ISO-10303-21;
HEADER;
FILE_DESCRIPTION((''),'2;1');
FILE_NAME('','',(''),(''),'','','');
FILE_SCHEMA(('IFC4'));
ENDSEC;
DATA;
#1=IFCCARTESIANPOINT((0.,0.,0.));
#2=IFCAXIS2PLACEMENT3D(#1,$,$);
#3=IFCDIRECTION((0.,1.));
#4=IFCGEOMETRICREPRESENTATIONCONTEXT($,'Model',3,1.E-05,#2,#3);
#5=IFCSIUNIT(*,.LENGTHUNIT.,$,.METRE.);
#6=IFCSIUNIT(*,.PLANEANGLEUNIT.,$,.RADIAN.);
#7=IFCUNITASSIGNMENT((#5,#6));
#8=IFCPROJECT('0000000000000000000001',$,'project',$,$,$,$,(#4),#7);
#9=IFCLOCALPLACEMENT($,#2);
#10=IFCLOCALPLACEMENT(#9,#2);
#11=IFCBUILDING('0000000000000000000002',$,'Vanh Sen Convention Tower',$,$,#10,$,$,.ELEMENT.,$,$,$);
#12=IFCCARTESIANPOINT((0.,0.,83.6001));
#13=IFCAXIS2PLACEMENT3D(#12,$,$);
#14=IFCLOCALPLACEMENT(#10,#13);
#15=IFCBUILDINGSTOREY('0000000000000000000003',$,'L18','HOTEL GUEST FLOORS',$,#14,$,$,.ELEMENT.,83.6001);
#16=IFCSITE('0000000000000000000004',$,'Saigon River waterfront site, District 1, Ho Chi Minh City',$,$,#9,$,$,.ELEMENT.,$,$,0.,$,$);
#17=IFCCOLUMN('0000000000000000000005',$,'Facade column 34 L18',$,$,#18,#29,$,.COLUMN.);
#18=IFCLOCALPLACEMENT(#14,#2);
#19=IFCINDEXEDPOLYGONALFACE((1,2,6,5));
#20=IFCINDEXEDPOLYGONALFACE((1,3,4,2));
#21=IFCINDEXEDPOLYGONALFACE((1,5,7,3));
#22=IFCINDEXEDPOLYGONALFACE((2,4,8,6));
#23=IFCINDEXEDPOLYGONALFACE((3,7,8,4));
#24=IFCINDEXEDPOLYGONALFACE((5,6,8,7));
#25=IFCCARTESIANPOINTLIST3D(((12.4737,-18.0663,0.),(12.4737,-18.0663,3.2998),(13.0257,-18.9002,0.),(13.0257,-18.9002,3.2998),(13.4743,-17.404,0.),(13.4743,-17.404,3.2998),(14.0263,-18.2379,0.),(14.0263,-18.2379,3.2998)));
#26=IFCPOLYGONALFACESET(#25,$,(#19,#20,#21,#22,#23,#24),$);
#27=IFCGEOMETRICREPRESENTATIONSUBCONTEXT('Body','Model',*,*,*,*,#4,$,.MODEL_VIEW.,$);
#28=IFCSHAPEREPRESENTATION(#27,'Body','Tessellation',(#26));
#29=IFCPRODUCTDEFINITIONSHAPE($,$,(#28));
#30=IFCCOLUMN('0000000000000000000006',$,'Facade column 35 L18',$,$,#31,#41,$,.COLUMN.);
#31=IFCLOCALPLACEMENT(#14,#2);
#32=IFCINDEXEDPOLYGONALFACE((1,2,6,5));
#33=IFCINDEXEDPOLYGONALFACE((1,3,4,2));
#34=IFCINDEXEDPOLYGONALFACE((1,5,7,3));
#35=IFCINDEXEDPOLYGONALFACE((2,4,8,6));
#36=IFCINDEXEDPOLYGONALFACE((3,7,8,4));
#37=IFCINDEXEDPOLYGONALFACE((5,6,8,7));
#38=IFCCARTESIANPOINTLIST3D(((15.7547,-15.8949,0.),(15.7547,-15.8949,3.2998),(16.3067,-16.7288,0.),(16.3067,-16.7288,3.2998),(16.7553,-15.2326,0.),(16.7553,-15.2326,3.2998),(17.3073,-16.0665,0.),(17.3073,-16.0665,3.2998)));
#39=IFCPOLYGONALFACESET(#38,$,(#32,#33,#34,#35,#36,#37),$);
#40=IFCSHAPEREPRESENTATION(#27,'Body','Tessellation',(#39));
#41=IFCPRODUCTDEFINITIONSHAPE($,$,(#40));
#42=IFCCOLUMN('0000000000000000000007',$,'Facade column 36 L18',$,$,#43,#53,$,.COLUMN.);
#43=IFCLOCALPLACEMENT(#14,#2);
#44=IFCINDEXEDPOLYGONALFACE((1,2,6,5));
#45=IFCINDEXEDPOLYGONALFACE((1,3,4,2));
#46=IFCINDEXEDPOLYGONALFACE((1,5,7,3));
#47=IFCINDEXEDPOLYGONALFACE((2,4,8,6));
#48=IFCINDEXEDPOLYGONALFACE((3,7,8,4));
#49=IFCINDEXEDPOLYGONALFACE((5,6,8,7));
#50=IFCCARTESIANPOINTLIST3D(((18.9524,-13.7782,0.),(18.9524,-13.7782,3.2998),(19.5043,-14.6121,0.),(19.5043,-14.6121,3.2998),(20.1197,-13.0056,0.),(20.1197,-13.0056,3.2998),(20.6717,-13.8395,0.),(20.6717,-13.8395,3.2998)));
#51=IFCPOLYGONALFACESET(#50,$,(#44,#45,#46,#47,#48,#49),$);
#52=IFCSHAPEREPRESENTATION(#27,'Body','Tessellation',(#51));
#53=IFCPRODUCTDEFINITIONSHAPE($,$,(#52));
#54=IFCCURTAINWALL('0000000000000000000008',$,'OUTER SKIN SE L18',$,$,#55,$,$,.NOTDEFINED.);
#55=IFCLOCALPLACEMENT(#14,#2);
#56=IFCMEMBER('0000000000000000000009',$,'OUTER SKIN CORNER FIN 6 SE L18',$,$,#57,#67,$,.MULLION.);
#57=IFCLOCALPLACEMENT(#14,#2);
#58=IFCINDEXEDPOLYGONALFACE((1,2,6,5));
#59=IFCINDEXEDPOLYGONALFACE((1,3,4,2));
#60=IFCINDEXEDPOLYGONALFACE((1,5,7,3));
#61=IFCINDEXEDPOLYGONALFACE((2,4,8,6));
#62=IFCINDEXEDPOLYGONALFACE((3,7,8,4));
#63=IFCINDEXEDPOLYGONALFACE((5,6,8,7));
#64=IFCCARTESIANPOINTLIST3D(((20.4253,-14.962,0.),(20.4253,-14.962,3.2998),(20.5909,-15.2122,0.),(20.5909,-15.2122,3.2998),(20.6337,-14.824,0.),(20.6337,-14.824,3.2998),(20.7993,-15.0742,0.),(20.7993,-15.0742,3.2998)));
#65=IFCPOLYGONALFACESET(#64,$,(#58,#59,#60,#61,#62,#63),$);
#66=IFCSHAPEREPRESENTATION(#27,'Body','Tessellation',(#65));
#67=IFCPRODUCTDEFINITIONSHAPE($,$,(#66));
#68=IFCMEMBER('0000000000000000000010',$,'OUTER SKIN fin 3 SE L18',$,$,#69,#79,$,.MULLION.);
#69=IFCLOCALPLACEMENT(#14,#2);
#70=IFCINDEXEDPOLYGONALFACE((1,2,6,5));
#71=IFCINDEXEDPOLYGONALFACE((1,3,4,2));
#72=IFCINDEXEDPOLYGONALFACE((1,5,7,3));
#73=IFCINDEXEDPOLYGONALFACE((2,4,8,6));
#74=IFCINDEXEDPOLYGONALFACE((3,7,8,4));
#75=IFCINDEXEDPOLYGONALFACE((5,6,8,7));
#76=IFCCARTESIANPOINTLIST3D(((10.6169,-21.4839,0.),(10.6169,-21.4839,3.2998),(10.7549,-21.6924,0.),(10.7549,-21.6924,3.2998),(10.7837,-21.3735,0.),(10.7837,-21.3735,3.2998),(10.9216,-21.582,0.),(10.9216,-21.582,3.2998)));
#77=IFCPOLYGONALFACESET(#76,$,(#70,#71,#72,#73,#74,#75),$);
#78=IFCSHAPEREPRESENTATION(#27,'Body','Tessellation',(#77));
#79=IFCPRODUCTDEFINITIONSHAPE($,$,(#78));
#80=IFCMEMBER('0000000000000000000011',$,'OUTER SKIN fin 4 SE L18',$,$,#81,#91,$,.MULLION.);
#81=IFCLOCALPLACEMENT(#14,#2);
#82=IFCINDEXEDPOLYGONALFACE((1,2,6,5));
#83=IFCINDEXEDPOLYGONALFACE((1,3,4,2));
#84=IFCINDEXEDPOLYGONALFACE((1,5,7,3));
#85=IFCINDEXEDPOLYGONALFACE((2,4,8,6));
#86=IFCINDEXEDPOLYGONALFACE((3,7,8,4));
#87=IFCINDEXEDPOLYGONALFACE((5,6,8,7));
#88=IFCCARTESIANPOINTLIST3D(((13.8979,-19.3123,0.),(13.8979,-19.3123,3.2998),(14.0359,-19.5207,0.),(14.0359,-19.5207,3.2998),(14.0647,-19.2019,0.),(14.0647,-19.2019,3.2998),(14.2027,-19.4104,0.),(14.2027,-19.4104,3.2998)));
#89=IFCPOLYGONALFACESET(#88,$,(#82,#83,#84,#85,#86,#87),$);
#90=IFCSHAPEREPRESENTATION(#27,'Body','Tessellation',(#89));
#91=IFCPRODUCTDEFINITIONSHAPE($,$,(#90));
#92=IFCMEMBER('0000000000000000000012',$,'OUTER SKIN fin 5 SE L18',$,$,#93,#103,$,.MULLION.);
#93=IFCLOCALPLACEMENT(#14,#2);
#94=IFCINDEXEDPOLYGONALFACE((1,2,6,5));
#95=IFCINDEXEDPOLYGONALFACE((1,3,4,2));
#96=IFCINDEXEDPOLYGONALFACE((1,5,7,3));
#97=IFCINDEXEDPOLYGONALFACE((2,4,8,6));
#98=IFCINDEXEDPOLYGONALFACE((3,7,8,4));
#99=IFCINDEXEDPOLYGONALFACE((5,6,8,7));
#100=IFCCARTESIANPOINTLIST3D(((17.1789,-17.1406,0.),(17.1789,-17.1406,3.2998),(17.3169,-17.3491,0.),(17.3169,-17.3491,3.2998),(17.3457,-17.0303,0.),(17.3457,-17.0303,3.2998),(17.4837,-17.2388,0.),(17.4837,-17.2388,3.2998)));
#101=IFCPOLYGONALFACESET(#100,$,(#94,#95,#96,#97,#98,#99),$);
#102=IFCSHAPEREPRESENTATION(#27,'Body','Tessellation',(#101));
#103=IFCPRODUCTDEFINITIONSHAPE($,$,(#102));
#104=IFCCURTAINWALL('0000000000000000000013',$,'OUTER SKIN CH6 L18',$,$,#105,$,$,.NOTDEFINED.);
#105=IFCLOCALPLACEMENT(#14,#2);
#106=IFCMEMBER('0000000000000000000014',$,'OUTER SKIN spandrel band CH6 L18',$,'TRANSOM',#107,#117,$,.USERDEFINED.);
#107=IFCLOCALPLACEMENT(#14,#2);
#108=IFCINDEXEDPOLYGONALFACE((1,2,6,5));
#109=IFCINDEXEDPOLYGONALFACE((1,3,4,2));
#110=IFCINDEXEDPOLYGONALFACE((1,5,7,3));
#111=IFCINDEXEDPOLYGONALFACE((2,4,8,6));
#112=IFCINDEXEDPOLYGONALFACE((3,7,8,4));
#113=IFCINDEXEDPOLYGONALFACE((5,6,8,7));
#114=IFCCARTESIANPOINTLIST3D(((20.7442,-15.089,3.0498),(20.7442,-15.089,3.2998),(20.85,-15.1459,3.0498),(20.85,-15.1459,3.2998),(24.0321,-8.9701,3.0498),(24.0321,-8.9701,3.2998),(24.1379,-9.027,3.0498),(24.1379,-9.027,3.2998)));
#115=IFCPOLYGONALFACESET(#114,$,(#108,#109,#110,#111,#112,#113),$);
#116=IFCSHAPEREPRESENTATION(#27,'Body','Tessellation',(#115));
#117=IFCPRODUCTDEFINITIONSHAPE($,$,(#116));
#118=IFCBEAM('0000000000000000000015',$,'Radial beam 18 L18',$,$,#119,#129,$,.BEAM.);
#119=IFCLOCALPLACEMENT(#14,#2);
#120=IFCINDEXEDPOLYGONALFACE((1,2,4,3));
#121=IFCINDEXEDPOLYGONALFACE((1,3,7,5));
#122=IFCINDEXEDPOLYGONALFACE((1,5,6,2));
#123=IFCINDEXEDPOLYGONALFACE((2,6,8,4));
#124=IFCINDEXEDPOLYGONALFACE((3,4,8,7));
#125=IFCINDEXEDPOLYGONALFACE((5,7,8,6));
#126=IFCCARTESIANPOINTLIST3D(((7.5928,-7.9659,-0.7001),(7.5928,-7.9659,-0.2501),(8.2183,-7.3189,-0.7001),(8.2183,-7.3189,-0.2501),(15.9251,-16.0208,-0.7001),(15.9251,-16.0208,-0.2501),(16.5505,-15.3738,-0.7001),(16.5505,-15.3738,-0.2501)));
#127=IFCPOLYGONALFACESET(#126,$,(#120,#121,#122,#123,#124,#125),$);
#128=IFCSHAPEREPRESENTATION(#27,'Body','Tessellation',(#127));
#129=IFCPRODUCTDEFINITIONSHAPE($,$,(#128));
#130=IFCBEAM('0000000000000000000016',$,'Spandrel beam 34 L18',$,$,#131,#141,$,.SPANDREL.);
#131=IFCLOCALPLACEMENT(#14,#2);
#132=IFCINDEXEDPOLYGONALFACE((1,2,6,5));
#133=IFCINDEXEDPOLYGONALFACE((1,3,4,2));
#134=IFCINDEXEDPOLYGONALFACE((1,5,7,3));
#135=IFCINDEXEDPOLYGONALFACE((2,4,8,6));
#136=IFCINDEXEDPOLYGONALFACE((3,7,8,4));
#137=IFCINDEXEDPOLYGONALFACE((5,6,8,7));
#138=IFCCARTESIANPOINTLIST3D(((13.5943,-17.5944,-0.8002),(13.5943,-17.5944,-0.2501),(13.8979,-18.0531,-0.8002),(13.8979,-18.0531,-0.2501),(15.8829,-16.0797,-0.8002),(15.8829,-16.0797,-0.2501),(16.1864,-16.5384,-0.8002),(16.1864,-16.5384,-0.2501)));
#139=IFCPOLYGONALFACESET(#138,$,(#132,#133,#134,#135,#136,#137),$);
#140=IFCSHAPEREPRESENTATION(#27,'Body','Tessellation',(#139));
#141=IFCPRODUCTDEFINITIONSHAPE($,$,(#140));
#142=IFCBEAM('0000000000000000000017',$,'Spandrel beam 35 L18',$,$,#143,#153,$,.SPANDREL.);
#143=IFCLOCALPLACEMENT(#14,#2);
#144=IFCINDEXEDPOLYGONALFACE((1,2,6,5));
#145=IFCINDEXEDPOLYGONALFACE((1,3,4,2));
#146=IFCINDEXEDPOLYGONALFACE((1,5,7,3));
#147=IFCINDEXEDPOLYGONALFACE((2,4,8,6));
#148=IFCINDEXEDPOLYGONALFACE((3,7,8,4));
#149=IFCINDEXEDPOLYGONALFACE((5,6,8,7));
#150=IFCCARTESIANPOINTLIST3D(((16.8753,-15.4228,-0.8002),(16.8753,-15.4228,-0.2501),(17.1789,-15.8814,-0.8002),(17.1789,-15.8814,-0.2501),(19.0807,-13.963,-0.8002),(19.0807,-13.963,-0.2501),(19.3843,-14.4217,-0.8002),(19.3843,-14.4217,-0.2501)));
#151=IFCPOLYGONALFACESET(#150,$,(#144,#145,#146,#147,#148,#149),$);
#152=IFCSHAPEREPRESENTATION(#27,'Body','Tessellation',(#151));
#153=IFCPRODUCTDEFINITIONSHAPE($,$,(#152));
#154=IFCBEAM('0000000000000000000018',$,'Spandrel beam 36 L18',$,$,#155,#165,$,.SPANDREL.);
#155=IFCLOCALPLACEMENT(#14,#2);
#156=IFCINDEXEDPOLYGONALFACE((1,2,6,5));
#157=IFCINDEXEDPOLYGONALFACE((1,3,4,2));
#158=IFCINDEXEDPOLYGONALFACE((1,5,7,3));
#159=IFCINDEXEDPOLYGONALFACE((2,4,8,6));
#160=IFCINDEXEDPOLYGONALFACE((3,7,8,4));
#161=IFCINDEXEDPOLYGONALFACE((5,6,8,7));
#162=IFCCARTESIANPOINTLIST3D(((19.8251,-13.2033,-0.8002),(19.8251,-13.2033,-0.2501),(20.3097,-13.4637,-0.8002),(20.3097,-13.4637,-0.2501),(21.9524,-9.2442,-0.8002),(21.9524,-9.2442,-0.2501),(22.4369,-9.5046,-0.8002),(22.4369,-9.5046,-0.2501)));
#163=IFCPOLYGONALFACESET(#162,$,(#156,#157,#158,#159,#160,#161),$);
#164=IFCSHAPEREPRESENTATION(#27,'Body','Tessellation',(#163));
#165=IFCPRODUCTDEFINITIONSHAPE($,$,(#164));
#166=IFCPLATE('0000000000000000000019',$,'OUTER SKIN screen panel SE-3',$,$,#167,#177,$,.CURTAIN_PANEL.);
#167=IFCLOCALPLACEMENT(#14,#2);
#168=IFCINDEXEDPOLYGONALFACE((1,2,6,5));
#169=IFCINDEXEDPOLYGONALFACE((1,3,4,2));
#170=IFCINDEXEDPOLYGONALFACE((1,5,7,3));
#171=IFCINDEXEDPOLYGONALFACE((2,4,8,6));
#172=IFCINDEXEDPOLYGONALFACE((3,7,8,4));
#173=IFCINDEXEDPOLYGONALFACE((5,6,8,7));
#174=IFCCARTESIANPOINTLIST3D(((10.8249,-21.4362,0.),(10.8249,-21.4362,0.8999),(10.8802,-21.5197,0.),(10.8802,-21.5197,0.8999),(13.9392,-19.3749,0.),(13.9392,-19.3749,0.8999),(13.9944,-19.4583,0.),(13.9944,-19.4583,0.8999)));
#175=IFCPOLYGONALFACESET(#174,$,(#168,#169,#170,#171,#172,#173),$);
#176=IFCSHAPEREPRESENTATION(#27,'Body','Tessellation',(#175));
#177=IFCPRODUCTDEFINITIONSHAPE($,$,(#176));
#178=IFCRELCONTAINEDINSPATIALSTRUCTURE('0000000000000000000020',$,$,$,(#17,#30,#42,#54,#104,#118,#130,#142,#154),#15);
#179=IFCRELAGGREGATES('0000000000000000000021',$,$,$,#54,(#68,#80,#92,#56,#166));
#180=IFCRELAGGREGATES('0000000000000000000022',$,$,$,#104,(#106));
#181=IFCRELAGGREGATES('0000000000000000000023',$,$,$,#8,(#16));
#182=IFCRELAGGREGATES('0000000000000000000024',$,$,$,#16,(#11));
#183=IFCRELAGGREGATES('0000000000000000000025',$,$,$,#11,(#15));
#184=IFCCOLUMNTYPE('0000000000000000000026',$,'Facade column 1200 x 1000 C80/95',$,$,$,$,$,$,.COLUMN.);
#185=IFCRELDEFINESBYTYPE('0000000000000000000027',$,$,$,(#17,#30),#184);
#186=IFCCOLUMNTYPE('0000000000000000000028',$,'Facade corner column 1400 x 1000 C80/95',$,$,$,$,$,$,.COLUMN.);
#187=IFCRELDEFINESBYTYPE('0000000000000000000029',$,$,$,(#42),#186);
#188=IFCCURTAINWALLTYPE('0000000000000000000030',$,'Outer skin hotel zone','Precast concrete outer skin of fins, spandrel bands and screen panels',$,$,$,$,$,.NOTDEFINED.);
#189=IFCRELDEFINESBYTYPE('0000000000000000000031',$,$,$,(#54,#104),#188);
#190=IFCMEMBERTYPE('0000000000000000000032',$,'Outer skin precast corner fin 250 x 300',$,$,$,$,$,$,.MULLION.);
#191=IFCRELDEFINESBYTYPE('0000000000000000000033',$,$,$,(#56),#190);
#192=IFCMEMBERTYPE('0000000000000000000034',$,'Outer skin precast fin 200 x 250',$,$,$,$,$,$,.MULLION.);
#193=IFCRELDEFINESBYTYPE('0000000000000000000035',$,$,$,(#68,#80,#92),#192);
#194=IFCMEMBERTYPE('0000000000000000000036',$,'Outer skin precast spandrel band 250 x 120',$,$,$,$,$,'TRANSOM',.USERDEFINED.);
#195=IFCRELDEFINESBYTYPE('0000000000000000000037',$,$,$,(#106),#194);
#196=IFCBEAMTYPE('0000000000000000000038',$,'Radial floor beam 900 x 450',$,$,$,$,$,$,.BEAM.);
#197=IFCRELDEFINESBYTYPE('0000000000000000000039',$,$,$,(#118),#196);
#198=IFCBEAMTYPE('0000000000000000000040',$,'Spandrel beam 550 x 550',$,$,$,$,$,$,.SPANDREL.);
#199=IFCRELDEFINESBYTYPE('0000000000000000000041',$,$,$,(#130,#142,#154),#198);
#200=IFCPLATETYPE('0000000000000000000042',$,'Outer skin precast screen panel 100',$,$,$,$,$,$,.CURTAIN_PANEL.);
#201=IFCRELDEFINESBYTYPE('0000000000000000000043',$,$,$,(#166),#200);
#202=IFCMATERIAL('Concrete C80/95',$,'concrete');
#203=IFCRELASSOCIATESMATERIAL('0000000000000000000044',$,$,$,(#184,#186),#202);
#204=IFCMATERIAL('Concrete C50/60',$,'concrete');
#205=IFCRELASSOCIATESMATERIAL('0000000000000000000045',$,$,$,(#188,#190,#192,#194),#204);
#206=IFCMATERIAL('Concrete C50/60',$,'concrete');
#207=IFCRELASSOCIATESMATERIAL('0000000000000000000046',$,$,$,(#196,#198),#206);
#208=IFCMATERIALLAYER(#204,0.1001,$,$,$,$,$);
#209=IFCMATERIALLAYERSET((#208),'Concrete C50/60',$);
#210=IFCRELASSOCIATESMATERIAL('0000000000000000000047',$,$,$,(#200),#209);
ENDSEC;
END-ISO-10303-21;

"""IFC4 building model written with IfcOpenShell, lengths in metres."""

from ifc_helpers import new_model, si_unit, direction, frame, origin, origin_2d, place, context, subcontext, project, spatial, rectangle, extrude, material, layer, layer_set, material_profile, profile_set, type_object, element, aggregate, save


model = new_model("IFC4")

# Units and contexts
model_context = context("Model", 3, precision=1e-05, world=origin(), true_north=direction((0.0, 1.0)))
body_context = subcontext(model_context, "Body", "Model", "MODEL_VIEW")
ifc_project = project(units=[si_unit("LENGTHUNIT", "METRE"), si_unit("PLANEANGLEUNIT", "RADIAN")], contexts=[model_context])

# Site, building, storey
site_placement = place(None, origin())
site = spatial("IfcSite", under=ifc_project, at=site_placement, Name="Saigon River waterfront site, District 1, Ho Chi Minh City", CompositionType="ELEMENT", RefElevation=0.0)
building_placement = place(site_placement, origin())
building = spatial("IfcBuilding", under=site, at=building_placement, Name="Vanh Sen Convention Tower", CompositionType="ELEMENT")
storey_placement = place(building_placement, frame((0.0, 0.0, 83.6001)))
storey = spatial("IfcBuildingStorey", under=building, at=storey_placement, Name="L18", Description="HOTEL GUEST FLOORS", CompositionType="ELEMENT", Elevation=83.6001)

# Columns
ifc_material_1 = material(Name="Concrete C80/95", Category="concrete")
ifc_material_profile_1 = material_profile(ifc_material_1, rectangle(XDim=1.2, YDim=1.0, at=origin_2d()), Name="RC 1200X1000")
ifc_profile_set_1 = profile_set([ifc_material_profile_1], Name="Concrete C80/95")
column_type_1 = type_object("IfcColumnType", Name="Facade column 1200 x 1000 C80/95", PredefinedType="COLUMN", material=ifc_profile_set_1)
for number, where, z_axis, x_axis, name in (
    (1, (13.25, -18.1521, 0.0), (0.0, 0.0, 1.0), (0.833886, 0.551937, 0.0), "Facade column 34 L18"),
    (2, (16.531, -15.9807, 0.0), (0.0, 0.0, 1.0), (0.833886, 0.551937, 0.0), "Facade column 35 L18"),
):
    element("IfcColumn", number, at=place(storey_placement, frame(where, z_axis=z_axis, x_axis=x_axis)), inside=storey, type_object=column_type_1, Name=name, PredefinedType="COLUMN", context=body_context, shape_type="SweptSolid", body=[
        extrude(rectangle(XDim=1.2, YDim=1.0, at=origin_2d()), origin(), (0.0, 0.0, 1.0), 3.2998),
    ])
ifc_material_profile_2 = material_profile(ifc_material_1, rectangle(XDim=1.3999, YDim=1.0, at=origin_2d()), Name="RC 1400X1000")
ifc_profile_set_2 = profile_set([ifc_material_profile_2], Name="Concrete C80/95")
column_type_2 = type_object("IfcColumnType", Name="Facade corner column 1400 x 1000 C80/95", PredefinedType="COLUMN", material=ifc_profile_set_2)
column_placement = place(storey_placement, frame((19.812, -13.8088, 0.0), z_axis=(0.0, 0.0, 1.0), x_axis=(0.833886, 0.551937, 0.0)))
element("IfcColumn", 3, at=column_placement, inside=storey, type_object=column_type_2, Name="Facade column 36 L18", PredefinedType="COLUMN", context=body_context, shape_type="SweptSolid", body=[
    extrude(rectangle(XDim=1.3999, YDim=1.0, at=origin_2d()), origin(), (0.0, 0.0, 1.0), 3.2998),
])

# Curtain wall, members
ifc_material_2 = material(Name="Concrete C50/60", Category="concrete")
curtain_wall_type = type_object("IfcCurtainWallType", Name="Outer skin hotel zone", Description="Precast concrete outer skin of fins, spandrel bands and screen panels", PredefinedType="NOTDEFINED", material=ifc_material_2)
curtain_wall_1_placement = place(storey_placement, origin())
curtain_wall_1 = element("IfcCurtainWall", 4, at=curtain_wall_1_placement, inside=storey, type_object=curtain_wall_type, Name="OUTER SKIN SE L18", PredefinedType="NOTDEFINED")
ifc_material_profile_3 = material_profile(ifc_material_2, rectangle(XDim=0.25, YDim=0.3, at=origin_2d()), Name="Outer skin precast corner fin 250 x 300")
ifc_profile_set_3 = profile_set([ifc_material_profile_3], Name="Concrete C50/60")
member_type_1 = type_object("IfcMemberType", Name="Outer skin precast corner fin 250 x 300", PredefinedType="MULLION", material=ifc_profile_set_3)
member_1_placement = place(storey_placement, frame((20.6123, -15.0181, 0.0), z_axis=(0.0, 0.0, 1.0), x_axis=(0.833886, 0.551937, 0.0)))
member_1 = element("IfcMember", 5, at=member_1_placement, type_object=member_type_1, Name="OUTER SKIN CORNER FIN 6 SE L18", PredefinedType="MULLION", context=body_context, shape_type="SweptSolid", body=[
    extrude(rectangle(XDim=0.25, YDim=0.3, at=origin_2d()), origin(), (0.0, 0.0, 1.0), 3.2998),
])
ifc_material_profile_4 = material_profile(ifc_material_2, rectangle(XDim=0.2, YDim=0.25, at=origin_2d()), Name="Outer skin precast fin 200 x 250")
ifc_profile_set_4 = profile_set([ifc_material_profile_4], Name="Concrete C50/60")
member_type_2 = type_object("IfcMemberType", Name="Outer skin precast fin 200 x 250", PredefinedType="MULLION", material=ifc_profile_set_4)
member_2_placement = place(storey_placement, frame((10.7693, -21.533, 0.0), z_axis=(0.0, 0.0, 1.0), x_axis=(0.833886, 0.551937, 0.0)))
member_2 = element("IfcMember", 6, at=member_2_placement, type_object=member_type_2, Name="OUTER SKIN fin 3 SE L18", PredefinedType="MULLION", context=body_context, shape_type="SweptSolid", body=[
    extrude(rectangle(XDim=0.2, YDim=0.25, at=origin_2d()), origin(), (0.0, 0.0, 1.0), 3.2998),
])
member_3_placement = place(storey_placement, frame((14.0503, -19.3613, 0.0), z_axis=(0.0, 0.0, 1.0), x_axis=(0.833886, 0.551937, 0.0)))
member_3 = element("IfcMember", 7, at=member_3_placement, type_object=member_type_2, Name="OUTER SKIN fin 4 SE L18", PredefinedType="MULLION", context=body_context, shape_type="SweptSolid", body=[
    extrude(rectangle(XDim=0.2, YDim=0.25, at=origin_2d()), origin(), (0.0, 0.0, 1.0), 3.2998),
])
member_4_placement = place(storey_placement, frame((17.3313, -17.1897, 0.0), z_axis=(0.0, 0.0, 1.0), x_axis=(0.833886, 0.551937, 0.0)))
member_4 = element("IfcMember", 8, at=member_4_placement, type_object=member_type_2, Name="OUTER SKIN fin 5 SE L18", PredefinedType="MULLION", context=body_context, shape_type="SweptSolid", body=[
    extrude(rectangle(XDim=0.2, YDim=0.25, at=origin_2d()), origin(), (0.0, 0.0, 1.0), 3.2998),
])

# Curtain wall, member
curtain_wall_2_placement = place(storey_placement, origin())
curtain_wall_2 = element("IfcCurtainWall", 9, at=curtain_wall_2_placement, inside=storey, type_object=curtain_wall_type, Name="OUTER SKIN CH6 L18", PredefinedType="NOTDEFINED")
ifc_material_profile_5 = material_profile(ifc_material_2, rectangle(XDim=0.1201, YDim=0.25, at=origin_2d()), Name="Outer skin precast spandrel band 250 x 120")
ifc_profile_set_5 = profile_set([ifc_material_profile_5], Name="Concrete C50/60")
member_type_3 = type_object("IfcMemberType", Name="Outer skin precast spandrel band 250 x 120", ElementType="TRANSOM", PredefinedType="USERDEFINED", material=ifc_profile_set_5)
member_5_placement = place(storey_placement, frame((20.7971, -15.1174, 3.1748), z_axis=(0.473324, 0.880888, 0.0), x_axis=(-0.880888, 0.473324, 0.0)))
member_5 = element("IfcMember", 10, at=member_5_placement, type_object=member_type_3, Name="OUTER SKIN spandrel band CH6 L18", ObjectType="TRANSOM", PredefinedType="USERDEFINED", context=body_context, shape_type="SweptSolid", body=[
    extrude(rectangle(XDim=0.1201, YDim=0.25, at=origin_2d()), origin(), (0.0, 0.0, 1.0), 6.9463),
])

# Beams
ifc_material_3 = material(Name="Concrete C50/60", Category="concrete")
ifc_material_profile_6 = material_profile(ifc_material_3, rectangle(XDim=0.8999, YDim=0.45, at=origin_2d()), Name="RC 900X450")
ifc_profile_set_6 = profile_set([ifc_material_profile_6], Name="Concrete C50/60")
beam_type_1 = type_object("IfcBeamType", Name="Radial floor beam 900 x 450", PredefinedType="BEAM", material=ifc_profile_set_6)
beam_1_placement = place(storey_placement, frame((16.2378, -15.6973, -0.4751), z_axis=(-0.718971, 0.69504, 0.0), x_axis=(-0.69504, -0.718971, 0.0)))
element("IfcBeam", 11, at=beam_1_placement, inside=storey, type_object=beam_type_1, Name="Radial beam 18 L18", PredefinedType="BEAM", context=body_context, shape_type="SweptSolid", body=[
    extrude(rectangle(XDim=0.8999, YDim=0.45, at=origin_2d()), origin(), (0.0, 0.0, 1.0), 11.5891),
])
ifc_material_profile_7 = material_profile(ifc_material_3, rectangle(XDim=0.55, YDim=0.55, at=origin_2d()), Name="RC 550X550")
ifc_profile_set_7 = profile_set([ifc_material_profile_7], Name="Concrete C50/60")
beam_type_2 = type_object("IfcBeamType", Name="Spandrel beam 550 x 550", PredefinedType="SPANDREL", material=ifc_profile_set_7)
beam_2_placement = place(storey_placement, frame((13.7461, -17.8237, -0.5251), z_axis=(0.833907, 0.551905, 0.0), x_axis=(-0.551905, 0.833907, 0.0)))
element("IfcBeam", 12, at=beam_2_placement, inside=storey, type_object=beam_type_2, Name="Spandrel beam 34 L18", PredefinedType="SPANDREL", context=body_context, shape_type="SweptSolid", body=[
    extrude(rectangle(XDim=0.55, YDim=0.55, at=origin_2d()), origin(), (0.0, 0.0, 1.0), 2.7444),
])
beam_3_placement = place(storey_placement, frame((17.0271, -15.6521, -0.5251), z_axis=(0.833878, 0.551949, 0.0), x_axis=(-0.551949, 0.833878, 0.0)))
element("IfcBeam", 13, at=beam_3_placement, inside=storey, type_object=beam_type_2, Name="Spandrel beam 35 L18", PredefinedType="SPANDREL", context=body_context, shape_type="SweptSolid", body=[
    extrude(rectangle(XDim=0.55, YDim=0.55, at=origin_2d()), origin(), (0.0, 0.0, 1.0), 2.6448),
])
beam_4_placement = place(storey_placement, frame((20.0674, -13.3335, -0.5251), z_axis=(0.473312, 0.880895, 0.0), x_axis=(-0.880895, 0.473312, 0.0)))
element("IfcBeam", 14, at=beam_4_placement, inside=storey, type_object=beam_type_2, Name="Spandrel beam 36 L18", PredefinedType="SPANDREL", context=body_context, shape_type="SweptSolid", body=[
    extrude(rectangle(XDim=0.55, YDim=0.55, at=origin_2d()), origin(), (0.0, 0.0, 1.0), 4.4944),
])

# Plate
ifc_layer_1 = layer(ifc_material_2, 0.1001)
ifc_layer_set_1 = layer_set([ifc_layer_1], Name="Concrete C50/60")
plate_type = type_object("IfcPlateType", Name="Outer skin precast screen panel 100", PredefinedType="CURTAIN_PANEL", material=ifc_layer_set_1)
plate_1_placement = place(storey_placement, frame((12.4097, -20.4473, 0.0), z_axis=(0.0, 0.0, 1.0), x_axis=(0.83388, 0.551946, 0.0)))
plate_1 = element("IfcPlate", 15, at=plate_1_placement, type_object=plate_type, Name="OUTER SKIN screen panel SE-3", PredefinedType="CURTAIN_PANEL", context=body_context, shape_type="SweptSolid", body=[
    extrude(rectangle(XDim=3.7346, YDim=0.1001, at=origin_2d()), origin(), (0.0, 0.0, 1.0), 0.8999),
])
aggregate(curtain_wall_1, [member_2, member_3, member_4, member_1, plate_1])
aggregate(curtain_wall_2, [member_5])

save(model, "model.ifc")
